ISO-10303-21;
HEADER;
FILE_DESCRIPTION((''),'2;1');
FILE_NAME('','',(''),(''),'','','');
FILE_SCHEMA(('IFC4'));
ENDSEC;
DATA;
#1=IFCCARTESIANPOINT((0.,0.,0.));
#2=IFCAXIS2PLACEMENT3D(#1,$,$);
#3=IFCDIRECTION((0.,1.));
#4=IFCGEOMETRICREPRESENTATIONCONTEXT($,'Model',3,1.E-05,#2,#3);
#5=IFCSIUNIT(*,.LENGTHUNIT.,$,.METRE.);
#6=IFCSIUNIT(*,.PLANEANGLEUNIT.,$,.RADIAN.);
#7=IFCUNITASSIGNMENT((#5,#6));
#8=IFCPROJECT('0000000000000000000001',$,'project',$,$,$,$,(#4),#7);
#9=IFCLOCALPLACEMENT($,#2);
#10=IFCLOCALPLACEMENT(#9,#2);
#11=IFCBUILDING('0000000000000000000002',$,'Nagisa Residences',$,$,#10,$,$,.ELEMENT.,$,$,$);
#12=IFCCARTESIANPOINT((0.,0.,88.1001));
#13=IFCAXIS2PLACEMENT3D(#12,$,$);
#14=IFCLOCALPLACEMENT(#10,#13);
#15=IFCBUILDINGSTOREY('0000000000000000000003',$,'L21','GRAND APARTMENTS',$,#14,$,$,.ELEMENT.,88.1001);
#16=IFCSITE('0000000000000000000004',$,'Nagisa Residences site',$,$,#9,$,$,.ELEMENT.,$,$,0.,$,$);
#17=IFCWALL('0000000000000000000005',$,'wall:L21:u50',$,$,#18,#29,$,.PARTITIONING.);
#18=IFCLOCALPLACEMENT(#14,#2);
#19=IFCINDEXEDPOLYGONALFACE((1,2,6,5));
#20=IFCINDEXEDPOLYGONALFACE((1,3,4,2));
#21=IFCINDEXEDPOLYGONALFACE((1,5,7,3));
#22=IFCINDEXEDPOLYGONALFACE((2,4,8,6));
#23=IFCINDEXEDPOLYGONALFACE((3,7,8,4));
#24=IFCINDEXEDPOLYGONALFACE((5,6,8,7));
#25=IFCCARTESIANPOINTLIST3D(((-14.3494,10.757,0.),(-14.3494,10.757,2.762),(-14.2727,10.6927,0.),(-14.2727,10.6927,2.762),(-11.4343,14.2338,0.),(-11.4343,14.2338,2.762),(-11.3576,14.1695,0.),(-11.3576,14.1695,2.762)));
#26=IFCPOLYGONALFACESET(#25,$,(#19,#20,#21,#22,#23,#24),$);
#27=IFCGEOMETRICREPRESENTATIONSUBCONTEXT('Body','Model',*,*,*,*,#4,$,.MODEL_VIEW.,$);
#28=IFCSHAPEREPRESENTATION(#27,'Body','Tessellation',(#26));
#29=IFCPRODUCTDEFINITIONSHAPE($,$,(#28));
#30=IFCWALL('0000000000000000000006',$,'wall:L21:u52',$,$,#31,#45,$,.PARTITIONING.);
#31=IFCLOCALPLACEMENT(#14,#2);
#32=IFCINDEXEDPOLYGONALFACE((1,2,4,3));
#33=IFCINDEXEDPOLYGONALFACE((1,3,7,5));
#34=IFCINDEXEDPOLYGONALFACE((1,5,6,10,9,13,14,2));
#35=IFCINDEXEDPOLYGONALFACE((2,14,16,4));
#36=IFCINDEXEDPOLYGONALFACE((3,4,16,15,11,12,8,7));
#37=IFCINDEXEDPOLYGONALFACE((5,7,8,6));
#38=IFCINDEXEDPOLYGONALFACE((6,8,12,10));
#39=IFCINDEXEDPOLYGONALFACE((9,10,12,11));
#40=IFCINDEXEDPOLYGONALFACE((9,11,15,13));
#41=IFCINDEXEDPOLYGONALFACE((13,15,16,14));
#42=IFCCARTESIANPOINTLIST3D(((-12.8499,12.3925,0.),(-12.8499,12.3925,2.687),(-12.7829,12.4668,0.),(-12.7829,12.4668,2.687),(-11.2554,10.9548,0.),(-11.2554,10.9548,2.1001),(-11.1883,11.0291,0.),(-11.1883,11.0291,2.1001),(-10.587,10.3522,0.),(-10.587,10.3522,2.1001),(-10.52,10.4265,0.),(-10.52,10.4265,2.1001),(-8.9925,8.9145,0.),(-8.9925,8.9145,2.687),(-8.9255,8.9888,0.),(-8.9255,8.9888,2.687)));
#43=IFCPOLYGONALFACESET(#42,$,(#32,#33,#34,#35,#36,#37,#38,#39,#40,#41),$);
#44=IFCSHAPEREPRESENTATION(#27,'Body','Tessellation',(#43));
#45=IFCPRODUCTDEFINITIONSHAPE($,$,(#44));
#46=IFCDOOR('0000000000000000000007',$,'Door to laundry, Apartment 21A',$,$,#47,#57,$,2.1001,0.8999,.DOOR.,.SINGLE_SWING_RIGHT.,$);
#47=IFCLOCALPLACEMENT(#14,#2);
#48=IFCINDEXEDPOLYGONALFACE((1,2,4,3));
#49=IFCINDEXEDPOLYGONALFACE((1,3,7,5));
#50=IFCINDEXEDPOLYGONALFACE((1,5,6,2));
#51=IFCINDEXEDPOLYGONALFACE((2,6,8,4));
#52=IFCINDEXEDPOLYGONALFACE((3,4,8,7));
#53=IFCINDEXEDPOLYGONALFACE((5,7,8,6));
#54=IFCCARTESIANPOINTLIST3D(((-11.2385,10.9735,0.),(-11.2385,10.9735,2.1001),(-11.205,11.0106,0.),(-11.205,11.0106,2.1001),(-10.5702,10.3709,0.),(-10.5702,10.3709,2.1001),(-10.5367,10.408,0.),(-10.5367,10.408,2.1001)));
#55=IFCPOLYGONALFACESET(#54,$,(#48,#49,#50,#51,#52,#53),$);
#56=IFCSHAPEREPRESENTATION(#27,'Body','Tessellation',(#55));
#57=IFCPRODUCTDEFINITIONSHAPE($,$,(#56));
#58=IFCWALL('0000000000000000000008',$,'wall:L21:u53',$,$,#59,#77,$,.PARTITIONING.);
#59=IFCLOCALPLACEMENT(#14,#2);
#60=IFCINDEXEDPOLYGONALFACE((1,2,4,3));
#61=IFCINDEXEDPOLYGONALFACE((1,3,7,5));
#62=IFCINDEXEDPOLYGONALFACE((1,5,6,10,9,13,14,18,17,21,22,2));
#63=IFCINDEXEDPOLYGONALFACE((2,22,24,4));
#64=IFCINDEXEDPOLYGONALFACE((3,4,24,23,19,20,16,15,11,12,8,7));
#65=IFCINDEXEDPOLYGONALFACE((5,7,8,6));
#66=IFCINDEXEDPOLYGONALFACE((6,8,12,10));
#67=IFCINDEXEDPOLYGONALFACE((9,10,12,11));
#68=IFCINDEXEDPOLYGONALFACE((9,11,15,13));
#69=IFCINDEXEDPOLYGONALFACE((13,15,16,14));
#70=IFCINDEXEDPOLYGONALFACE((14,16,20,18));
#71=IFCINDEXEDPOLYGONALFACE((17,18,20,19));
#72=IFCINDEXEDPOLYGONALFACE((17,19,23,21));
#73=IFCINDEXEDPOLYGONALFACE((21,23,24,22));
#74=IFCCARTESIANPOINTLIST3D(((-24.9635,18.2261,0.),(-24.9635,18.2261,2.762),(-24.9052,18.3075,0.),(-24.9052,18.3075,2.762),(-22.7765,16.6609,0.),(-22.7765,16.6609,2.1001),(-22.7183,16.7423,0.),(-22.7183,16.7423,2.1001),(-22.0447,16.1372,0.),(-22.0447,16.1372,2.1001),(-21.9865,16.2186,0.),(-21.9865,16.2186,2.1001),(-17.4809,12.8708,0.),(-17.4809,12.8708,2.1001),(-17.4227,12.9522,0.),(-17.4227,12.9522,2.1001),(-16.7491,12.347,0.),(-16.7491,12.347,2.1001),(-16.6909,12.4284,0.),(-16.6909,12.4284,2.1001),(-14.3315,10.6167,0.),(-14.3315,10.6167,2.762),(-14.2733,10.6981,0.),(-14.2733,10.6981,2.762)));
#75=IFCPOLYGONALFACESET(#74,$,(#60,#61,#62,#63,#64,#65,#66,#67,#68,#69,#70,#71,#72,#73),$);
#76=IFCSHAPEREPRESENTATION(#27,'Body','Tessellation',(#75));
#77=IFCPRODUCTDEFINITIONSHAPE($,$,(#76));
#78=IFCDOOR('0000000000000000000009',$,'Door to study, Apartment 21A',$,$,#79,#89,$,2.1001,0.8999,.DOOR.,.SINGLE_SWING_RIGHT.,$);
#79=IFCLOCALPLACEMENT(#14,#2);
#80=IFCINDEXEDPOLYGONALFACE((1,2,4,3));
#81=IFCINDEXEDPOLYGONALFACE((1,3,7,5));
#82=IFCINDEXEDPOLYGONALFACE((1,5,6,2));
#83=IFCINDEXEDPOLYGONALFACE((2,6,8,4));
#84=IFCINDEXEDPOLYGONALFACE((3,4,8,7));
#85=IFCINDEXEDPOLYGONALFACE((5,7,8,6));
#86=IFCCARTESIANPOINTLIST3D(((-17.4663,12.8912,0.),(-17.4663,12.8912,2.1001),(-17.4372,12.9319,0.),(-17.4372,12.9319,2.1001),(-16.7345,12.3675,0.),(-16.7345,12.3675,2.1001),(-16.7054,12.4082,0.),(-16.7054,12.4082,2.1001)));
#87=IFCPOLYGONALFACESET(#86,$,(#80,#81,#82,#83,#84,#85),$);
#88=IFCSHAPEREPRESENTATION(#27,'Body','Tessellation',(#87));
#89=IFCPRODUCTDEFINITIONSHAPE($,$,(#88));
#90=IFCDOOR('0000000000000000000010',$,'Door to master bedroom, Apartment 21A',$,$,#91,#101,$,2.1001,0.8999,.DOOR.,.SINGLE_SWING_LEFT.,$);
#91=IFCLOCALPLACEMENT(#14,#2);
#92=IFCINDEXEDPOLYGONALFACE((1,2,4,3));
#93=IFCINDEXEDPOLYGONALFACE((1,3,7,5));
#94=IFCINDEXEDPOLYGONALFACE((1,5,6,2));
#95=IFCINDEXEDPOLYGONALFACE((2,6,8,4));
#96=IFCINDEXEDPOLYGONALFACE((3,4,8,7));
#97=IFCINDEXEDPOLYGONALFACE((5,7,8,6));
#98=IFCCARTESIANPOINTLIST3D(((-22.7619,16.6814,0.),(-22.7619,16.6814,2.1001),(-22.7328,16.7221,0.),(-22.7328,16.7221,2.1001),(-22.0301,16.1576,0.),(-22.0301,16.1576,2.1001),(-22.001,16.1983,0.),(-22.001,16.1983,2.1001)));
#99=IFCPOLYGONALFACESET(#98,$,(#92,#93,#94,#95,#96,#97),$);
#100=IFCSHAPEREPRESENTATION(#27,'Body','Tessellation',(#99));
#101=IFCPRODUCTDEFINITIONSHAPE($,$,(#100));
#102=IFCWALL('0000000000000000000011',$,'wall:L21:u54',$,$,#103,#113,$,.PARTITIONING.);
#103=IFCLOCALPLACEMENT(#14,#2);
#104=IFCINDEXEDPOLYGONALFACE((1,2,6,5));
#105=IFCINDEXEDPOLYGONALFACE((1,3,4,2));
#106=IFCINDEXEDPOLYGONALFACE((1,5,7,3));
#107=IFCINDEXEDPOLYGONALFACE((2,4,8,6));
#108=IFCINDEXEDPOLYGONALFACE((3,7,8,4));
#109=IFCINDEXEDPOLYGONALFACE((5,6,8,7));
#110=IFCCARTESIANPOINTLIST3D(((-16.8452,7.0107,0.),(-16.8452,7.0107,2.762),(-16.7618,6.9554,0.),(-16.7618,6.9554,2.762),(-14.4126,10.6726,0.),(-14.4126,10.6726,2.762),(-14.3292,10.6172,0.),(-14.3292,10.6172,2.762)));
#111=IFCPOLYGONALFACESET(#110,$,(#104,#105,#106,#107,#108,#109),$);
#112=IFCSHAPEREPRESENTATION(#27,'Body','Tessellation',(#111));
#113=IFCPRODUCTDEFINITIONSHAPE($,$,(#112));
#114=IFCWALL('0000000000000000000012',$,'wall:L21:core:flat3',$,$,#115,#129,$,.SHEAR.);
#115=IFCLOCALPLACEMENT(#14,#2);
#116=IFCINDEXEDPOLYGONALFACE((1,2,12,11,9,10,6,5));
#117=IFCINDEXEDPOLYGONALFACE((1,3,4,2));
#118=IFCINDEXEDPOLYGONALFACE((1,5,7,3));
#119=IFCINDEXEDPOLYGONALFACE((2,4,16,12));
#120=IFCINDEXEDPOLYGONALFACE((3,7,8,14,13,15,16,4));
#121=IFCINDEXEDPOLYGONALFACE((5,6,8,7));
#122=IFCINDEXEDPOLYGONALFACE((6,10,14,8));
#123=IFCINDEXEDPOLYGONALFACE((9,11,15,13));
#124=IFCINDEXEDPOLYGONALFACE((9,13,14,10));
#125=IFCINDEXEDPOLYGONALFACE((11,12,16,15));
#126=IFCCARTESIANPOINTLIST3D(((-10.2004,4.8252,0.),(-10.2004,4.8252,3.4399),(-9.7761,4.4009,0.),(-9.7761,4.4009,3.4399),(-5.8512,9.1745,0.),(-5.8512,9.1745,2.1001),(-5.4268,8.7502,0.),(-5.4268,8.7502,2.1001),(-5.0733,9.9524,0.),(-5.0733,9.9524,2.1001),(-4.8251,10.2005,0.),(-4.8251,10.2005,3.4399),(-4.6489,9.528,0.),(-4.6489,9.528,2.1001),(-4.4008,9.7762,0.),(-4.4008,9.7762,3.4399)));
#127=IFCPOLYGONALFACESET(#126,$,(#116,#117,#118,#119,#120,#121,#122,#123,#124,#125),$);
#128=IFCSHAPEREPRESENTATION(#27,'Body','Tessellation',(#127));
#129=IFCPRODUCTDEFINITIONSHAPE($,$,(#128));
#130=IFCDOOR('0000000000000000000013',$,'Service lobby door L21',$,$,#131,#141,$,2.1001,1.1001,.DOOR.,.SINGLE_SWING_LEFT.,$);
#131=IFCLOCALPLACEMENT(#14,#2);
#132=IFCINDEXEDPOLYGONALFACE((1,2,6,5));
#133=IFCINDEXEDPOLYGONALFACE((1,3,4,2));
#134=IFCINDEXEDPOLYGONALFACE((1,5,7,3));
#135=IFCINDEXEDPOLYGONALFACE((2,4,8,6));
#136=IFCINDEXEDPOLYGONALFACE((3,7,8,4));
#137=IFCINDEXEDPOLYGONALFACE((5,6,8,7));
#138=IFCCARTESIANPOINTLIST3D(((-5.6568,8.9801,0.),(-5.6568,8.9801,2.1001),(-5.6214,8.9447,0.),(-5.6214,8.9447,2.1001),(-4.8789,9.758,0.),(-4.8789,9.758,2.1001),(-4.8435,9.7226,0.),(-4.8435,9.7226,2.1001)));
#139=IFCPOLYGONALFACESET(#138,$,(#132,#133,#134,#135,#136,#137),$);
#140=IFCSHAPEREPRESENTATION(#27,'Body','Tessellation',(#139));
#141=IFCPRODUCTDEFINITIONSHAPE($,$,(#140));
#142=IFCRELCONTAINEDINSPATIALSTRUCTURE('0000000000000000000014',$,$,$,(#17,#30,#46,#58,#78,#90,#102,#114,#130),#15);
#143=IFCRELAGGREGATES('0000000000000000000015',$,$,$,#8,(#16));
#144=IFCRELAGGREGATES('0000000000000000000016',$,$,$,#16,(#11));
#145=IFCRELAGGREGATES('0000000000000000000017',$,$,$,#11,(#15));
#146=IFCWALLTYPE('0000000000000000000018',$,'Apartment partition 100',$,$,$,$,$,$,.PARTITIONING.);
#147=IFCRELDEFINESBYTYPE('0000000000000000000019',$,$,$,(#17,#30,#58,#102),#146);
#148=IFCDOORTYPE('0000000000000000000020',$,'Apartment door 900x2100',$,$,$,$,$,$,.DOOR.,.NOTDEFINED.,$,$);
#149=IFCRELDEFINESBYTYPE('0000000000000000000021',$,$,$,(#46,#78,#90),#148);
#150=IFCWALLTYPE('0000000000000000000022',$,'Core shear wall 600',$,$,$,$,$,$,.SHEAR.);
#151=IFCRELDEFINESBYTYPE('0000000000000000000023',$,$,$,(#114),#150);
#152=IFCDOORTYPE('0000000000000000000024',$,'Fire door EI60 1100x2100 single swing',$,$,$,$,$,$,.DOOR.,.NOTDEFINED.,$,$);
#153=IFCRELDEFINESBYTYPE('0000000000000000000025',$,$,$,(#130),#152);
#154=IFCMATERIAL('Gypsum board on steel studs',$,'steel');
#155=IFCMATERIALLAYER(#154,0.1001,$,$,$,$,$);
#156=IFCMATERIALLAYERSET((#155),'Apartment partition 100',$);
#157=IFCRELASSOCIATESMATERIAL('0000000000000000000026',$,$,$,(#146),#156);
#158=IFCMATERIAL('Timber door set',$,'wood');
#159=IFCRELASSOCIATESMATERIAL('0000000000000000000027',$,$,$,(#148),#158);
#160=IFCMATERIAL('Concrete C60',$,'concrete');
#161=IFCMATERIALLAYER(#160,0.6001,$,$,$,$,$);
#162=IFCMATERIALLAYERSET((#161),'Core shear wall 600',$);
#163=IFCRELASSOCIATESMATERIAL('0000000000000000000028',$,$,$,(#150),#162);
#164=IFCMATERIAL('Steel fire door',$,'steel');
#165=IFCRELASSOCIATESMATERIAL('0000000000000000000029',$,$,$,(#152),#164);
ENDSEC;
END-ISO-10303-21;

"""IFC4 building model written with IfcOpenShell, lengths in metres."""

from ifc_helpers import new_model, si_unit, direction, frame, frame_2d, origin, place, context, subcontext, project, spatial, rectangle, extrude, material, layer, layer_set, type_object, element, fill, save


model = new_model("IFC4")

# Units and contexts
model_context = context("Model", 3, precision=1e-05, world=origin(), true_north=direction((0.0, 1.0)))
body_context = subcontext(model_context, "Body", "Model", "MODEL_VIEW")
ifc_project = project(units=[si_unit("LENGTHUNIT", "METRE"), si_unit("PLANEANGLEUNIT", "RADIAN")], contexts=[model_context])

# Site, building, storey
site_placement = place(None, origin())
site = spatial("IfcSite", under=ifc_project, at=site_placement, Name="Nagisa Residences site", CompositionType="ELEMENT", RefElevation=0.0)
building_placement = place(site_placement, origin())
building = spatial("IfcBuilding", under=site, at=building_placement, Name="Nagisa Residences", CompositionType="ELEMENT")
storey_placement = place(building_placement, frame((0.0, 0.0, 88.1001)))
storey = spatial("IfcBuildingStorey", under=building, at=storey_placement, Name="L21", Description="GRAND APARTMENTS", CompositionType="ELEMENT", Elevation=88.1001)

# Shared definitions
ifc_material_1 = material(Name="Gypsum board on steel studs", Category="steel")
ifc_layer_1 = layer(ifc_material_1, 0.1001)
ifc_layer_set_1 = layer_set([ifc_layer_1], Name="Apartment partition 100")
wall_type_1 = type_object("IfcWallType", Name="Apartment partition 100", PredefinedType="PARTITIONING", material=ifc_layer_set_1)
ifc_material_2 = material(Name="Timber door set", Category="wood")
door_type_1 = type_object("IfcDoorType", Name="Apartment door 900x2100", OperationType="NOTDEFINED", PredefinedType="DOOR", material=ifc_material_2)

# Wall
wall_1_placement = place(storey_placement, frame((-11.396, 14.2017, 0.0), z_axis=(0.0, 0.0, 1.0), x_axis=(-0.642484, -0.766299, 0.0)))
element("IfcWall", 1, at=wall_1_placement, inside=storey, type_object=wall_type_1, Name="wall:L21:u50", PredefinedType="PARTITIONING", context=body_context, shape_type="SweptSolid", body=[
    extrude(rectangle(XDim=4.5371, YDim=0.1001, at=frame_2d((2.2686, 0.0))), origin(), (0.0, 0.0, 1.0), 2.762),
])

# Wall, opening, door
wall_2_placement = place(storey_placement, frame((-8.959, 8.9517, 0.0), z_axis=(0.0, 0.0, 1.0), x_axis=(-0.742686, 0.66964, 0.0)))
wall_2 = element("IfcWall", 2, at=wall_2_placement, inside=storey, type_object=wall_type_1, Name="wall:L21:u52", PredefinedType="PARTITIONING", context=body_context, shape_type="SweptSolid", body=[
    extrude(rectangle(XDim=5.1938, YDim=0.1001, at=frame_2d((2.5969, 0.0))), origin(), (0.0, 0.0, 1.0), 2.687),
])
opening_1_placement = place(wall_2_placement, frame((2.147, 0.0, 0.0)))
opening_1 = element("IfcOpeningElement", 3, at=opening_1_placement, cuts=wall_2, PredefinedType="OPENING", context=body_context, shape_type="SweptSolid", body=[
    extrude(rectangle(XDim=0.8999, YDim=2.1001, at=frame_2d((0.45, 1.05))), frame((0.0, 0.0601, 0.0), z_axis=(0.0, -1.0, 0.0), x_axis=(1.0, 0.0, 0.0)), (0.0, 0.0, 1.0), 0.1201),
])
door_1_placement = place(opening_1_placement, origin())
door_1 = element("IfcDoor", 4, at=door_1_placement, inside=storey, type_object=door_type_1, Name="Door to laundry, Apartment 21A", OperationType="SINGLE_SWING_RIGHT", OverallHeight=2.1001, OverallWidth=0.8999, PredefinedType="DOOR", context=body_context, shape_type="SweptSolid", body=[
    extrude(rectangle(XDim=0.8999, YDim=2.1001, at=frame_2d((0.45, 1.05))), frame((0.0, 0.0249, 0.0), z_axis=(0.0, -1.0, 0.0), x_axis=(1.0, 0.0, 0.0)), (0.0, 0.0, 1.0), 0.05),
])
fill(opening_1, door_1)

# Wall, openings, doors
wall_3_placement = place(storey_placement, frame((-14.3025, 10.6575, 0.0), z_axis=(0.0, 0.0, 1.0), x_axis=(-0.813183, 0.582008, 0.0)))
wall_3 = element("IfcWall", 5, at=wall_3_placement, inside=storey, type_object=wall_type_1, Name="wall:L21:u53", PredefinedType="PARTITIONING", context=body_context, shape_type="SweptSolid", body=[
    extrude(rectangle(XDim=13.0745, YDim=0.1001, at=frame_2d((6.5371, 0.0))), origin(), (0.0, 0.0, 1.0), 2.762),
])
opening_2_placement = place(wall_3_placement, frame((2.9729, 0.0, 0.0)))
opening_2 = element("IfcOpeningElement", 6, at=opening_2_placement, cuts=wall_3, PredefinedType="OPENING", context=body_context, shape_type="SweptSolid", body=[
    extrude(rectangle(XDim=0.8999, YDim=2.1001, at=frame_2d((0.45, 1.05))), frame((0.0, 0.0601, 0.0), z_axis=(0.0, -1.0, 0.0), x_axis=(1.0, 0.0, 0.0)), (0.0, 0.0, 1.0), 0.1201),
])
opening_3_placement = place(wall_3_placement, frame((9.4851, 0.0, 0.0)))
opening_3 = element("IfcOpeningElement", 7, at=opening_3_placement, cuts=wall_3, PredefinedType="OPENING", context=body_context, shape_type="SweptSolid", body=[
    extrude(rectangle(XDim=0.8999, YDim=2.1001, at=frame_2d((0.45, 1.05))), frame((0.0, 0.0601, 0.0), z_axis=(0.0, -1.0, 0.0), x_axis=(1.0, 0.0, 0.0)), (0.0, 0.0, 1.0), 0.1201),
])
door_2_placement = place(opening_2_placement, origin())
door_2 = element("IfcDoor", 8, at=door_2_placement, inside=storey, type_object=door_type_1, Name="Door to study, Apartment 21A", OperationType="SINGLE_SWING_RIGHT", OverallHeight=2.1001, OverallWidth=0.8999, PredefinedType="DOOR", context=body_context, shape_type="SweptSolid", body=[
    extrude(rectangle(XDim=0.8999, YDim=2.1001, at=frame_2d((0.45, 1.05))), frame((0.0, 0.0249, 0.0), z_axis=(0.0, -1.0, 0.0), x_axis=(1.0, 0.0, 0.0)), (0.0, 0.0, 1.0), 0.05),
])
fill(opening_2, door_2)
door_3_placement = place(opening_3_placement, origin())
door_3 = element("IfcDoor", 9, at=door_3_placement, inside=storey, type_object=door_type_1, Name="Door to master bedroom, Apartment 21A", OperationType="SINGLE_SWING_LEFT", OverallHeight=2.1001, OverallWidth=0.8999, PredefinedType="DOOR", context=body_context, shape_type="SweptSolid", body=[
    extrude(rectangle(XDim=0.8999, YDim=2.1001, at=frame_2d((0.45, 1.05))), frame((0.0, 0.0249, 0.0), z_axis=(0.0, -1.0, 0.0), x_axis=(1.0, 0.0, 0.0)), (0.0, 0.0, 1.0), 0.05),
])
fill(opening_3, door_3)

# Wall
wall_4_placement = place(storey_placement, frame((-14.3708, 10.645, 0.0), z_axis=(0.0, 0.0, 1.0), x_axis=(-0.553341, -0.832955, 0.0)))
element("IfcWall", 10, at=wall_4_placement, inside=storey, type_object=wall_type_1, Name="wall:L21:u54", PredefinedType="PARTITIONING", context=body_context, shape_type="SweptSolid", body=[
    extrude(rectangle(XDim=4.3962, YDim=0.1001, at=frame_2d((2.1982, 0.0))), origin(), (0.0, 0.0, 1.0), 2.762),
])

# Wall, opening, door
ifc_material_3 = material(Name="Concrete C60", Category="concrete")
ifc_layer_2 = layer(ifc_material_3, 0.6001)
ifc_layer_set_2 = layer_set([ifc_layer_2], Name="Core shear wall 600")
wall_type_2 = type_object("IfcWallType", Name="Core shear wall 600", PredefinedType="SHEAR", material=ifc_layer_set_2)
wall_5_placement = place(storey_placement, frame((-4.613, 9.9883, 0.0), z_axis=(0.0, 0.0, 1.0), x_axis=(-0.707107, -0.707107, 0.0)))
wall_5 = element("IfcWall", 11, at=wall_5_placement, inside=storey, type_object=wall_type_2, Name="wall:L21:core:flat3", PredefinedType="SHEAR", context=body_context, shape_type="SweptSolid", body=[
    extrude(rectangle(XDim=7.6018, YDim=0.6001, at=frame_2d((3.8008, 0.0))), origin(), (0.0, 0.0, 1.0), 3.4399),
])
opening_4_placement = place(wall_5_placement, frame((0.3508, 0.0, 0.0)))
opening_4 = element("IfcOpeningElement", 12, at=opening_4_placement, cuts=wall_5, PredefinedType="OPENING", context=body_context, shape_type="SweptSolid", body=[
    extrude(rectangle(XDim=1.1001, YDim=2.1001, at=frame_2d((0.55, 1.05))), frame((0.0, 0.3101, 0.0), z_axis=(0.0, -1.0, 0.0), x_axis=(1.0, 0.0, 0.0)), (0.0, 0.0, 1.0), 0.6201),
])
ifc_material_4 = material(Name="Steel fire door", Category="steel")
door_type_2 = type_object("IfcDoorType", Name="Fire door EI60 1100x2100 single swing", OperationType="NOTDEFINED", PredefinedType="DOOR", material=ifc_material_4)
door_4_placement = place(opening_4_placement, origin())
door_4 = element("IfcDoor", 13, at=door_4_placement, inside=storey, type_object=door_type_2, Name="Service lobby door L21", OperationType="SINGLE_SWING_LEFT", OverallHeight=2.1001, OverallWidth=1.1001, PredefinedType="DOOR", context=body_context, shape_type="SweptSolid", body=[
    extrude(rectangle(XDim=1.1001, YDim=2.1001, at=frame_2d((0.55, 1.05))), frame((0.0, 0.0249, 0.0), z_axis=(0.0, -1.0, 0.0), x_axis=(1.0, 0.0, 0.0)), (0.0, 0.0, 1.0), 0.05),
])
fill(opening_4, door_4)

save(model, "model.ifc")
